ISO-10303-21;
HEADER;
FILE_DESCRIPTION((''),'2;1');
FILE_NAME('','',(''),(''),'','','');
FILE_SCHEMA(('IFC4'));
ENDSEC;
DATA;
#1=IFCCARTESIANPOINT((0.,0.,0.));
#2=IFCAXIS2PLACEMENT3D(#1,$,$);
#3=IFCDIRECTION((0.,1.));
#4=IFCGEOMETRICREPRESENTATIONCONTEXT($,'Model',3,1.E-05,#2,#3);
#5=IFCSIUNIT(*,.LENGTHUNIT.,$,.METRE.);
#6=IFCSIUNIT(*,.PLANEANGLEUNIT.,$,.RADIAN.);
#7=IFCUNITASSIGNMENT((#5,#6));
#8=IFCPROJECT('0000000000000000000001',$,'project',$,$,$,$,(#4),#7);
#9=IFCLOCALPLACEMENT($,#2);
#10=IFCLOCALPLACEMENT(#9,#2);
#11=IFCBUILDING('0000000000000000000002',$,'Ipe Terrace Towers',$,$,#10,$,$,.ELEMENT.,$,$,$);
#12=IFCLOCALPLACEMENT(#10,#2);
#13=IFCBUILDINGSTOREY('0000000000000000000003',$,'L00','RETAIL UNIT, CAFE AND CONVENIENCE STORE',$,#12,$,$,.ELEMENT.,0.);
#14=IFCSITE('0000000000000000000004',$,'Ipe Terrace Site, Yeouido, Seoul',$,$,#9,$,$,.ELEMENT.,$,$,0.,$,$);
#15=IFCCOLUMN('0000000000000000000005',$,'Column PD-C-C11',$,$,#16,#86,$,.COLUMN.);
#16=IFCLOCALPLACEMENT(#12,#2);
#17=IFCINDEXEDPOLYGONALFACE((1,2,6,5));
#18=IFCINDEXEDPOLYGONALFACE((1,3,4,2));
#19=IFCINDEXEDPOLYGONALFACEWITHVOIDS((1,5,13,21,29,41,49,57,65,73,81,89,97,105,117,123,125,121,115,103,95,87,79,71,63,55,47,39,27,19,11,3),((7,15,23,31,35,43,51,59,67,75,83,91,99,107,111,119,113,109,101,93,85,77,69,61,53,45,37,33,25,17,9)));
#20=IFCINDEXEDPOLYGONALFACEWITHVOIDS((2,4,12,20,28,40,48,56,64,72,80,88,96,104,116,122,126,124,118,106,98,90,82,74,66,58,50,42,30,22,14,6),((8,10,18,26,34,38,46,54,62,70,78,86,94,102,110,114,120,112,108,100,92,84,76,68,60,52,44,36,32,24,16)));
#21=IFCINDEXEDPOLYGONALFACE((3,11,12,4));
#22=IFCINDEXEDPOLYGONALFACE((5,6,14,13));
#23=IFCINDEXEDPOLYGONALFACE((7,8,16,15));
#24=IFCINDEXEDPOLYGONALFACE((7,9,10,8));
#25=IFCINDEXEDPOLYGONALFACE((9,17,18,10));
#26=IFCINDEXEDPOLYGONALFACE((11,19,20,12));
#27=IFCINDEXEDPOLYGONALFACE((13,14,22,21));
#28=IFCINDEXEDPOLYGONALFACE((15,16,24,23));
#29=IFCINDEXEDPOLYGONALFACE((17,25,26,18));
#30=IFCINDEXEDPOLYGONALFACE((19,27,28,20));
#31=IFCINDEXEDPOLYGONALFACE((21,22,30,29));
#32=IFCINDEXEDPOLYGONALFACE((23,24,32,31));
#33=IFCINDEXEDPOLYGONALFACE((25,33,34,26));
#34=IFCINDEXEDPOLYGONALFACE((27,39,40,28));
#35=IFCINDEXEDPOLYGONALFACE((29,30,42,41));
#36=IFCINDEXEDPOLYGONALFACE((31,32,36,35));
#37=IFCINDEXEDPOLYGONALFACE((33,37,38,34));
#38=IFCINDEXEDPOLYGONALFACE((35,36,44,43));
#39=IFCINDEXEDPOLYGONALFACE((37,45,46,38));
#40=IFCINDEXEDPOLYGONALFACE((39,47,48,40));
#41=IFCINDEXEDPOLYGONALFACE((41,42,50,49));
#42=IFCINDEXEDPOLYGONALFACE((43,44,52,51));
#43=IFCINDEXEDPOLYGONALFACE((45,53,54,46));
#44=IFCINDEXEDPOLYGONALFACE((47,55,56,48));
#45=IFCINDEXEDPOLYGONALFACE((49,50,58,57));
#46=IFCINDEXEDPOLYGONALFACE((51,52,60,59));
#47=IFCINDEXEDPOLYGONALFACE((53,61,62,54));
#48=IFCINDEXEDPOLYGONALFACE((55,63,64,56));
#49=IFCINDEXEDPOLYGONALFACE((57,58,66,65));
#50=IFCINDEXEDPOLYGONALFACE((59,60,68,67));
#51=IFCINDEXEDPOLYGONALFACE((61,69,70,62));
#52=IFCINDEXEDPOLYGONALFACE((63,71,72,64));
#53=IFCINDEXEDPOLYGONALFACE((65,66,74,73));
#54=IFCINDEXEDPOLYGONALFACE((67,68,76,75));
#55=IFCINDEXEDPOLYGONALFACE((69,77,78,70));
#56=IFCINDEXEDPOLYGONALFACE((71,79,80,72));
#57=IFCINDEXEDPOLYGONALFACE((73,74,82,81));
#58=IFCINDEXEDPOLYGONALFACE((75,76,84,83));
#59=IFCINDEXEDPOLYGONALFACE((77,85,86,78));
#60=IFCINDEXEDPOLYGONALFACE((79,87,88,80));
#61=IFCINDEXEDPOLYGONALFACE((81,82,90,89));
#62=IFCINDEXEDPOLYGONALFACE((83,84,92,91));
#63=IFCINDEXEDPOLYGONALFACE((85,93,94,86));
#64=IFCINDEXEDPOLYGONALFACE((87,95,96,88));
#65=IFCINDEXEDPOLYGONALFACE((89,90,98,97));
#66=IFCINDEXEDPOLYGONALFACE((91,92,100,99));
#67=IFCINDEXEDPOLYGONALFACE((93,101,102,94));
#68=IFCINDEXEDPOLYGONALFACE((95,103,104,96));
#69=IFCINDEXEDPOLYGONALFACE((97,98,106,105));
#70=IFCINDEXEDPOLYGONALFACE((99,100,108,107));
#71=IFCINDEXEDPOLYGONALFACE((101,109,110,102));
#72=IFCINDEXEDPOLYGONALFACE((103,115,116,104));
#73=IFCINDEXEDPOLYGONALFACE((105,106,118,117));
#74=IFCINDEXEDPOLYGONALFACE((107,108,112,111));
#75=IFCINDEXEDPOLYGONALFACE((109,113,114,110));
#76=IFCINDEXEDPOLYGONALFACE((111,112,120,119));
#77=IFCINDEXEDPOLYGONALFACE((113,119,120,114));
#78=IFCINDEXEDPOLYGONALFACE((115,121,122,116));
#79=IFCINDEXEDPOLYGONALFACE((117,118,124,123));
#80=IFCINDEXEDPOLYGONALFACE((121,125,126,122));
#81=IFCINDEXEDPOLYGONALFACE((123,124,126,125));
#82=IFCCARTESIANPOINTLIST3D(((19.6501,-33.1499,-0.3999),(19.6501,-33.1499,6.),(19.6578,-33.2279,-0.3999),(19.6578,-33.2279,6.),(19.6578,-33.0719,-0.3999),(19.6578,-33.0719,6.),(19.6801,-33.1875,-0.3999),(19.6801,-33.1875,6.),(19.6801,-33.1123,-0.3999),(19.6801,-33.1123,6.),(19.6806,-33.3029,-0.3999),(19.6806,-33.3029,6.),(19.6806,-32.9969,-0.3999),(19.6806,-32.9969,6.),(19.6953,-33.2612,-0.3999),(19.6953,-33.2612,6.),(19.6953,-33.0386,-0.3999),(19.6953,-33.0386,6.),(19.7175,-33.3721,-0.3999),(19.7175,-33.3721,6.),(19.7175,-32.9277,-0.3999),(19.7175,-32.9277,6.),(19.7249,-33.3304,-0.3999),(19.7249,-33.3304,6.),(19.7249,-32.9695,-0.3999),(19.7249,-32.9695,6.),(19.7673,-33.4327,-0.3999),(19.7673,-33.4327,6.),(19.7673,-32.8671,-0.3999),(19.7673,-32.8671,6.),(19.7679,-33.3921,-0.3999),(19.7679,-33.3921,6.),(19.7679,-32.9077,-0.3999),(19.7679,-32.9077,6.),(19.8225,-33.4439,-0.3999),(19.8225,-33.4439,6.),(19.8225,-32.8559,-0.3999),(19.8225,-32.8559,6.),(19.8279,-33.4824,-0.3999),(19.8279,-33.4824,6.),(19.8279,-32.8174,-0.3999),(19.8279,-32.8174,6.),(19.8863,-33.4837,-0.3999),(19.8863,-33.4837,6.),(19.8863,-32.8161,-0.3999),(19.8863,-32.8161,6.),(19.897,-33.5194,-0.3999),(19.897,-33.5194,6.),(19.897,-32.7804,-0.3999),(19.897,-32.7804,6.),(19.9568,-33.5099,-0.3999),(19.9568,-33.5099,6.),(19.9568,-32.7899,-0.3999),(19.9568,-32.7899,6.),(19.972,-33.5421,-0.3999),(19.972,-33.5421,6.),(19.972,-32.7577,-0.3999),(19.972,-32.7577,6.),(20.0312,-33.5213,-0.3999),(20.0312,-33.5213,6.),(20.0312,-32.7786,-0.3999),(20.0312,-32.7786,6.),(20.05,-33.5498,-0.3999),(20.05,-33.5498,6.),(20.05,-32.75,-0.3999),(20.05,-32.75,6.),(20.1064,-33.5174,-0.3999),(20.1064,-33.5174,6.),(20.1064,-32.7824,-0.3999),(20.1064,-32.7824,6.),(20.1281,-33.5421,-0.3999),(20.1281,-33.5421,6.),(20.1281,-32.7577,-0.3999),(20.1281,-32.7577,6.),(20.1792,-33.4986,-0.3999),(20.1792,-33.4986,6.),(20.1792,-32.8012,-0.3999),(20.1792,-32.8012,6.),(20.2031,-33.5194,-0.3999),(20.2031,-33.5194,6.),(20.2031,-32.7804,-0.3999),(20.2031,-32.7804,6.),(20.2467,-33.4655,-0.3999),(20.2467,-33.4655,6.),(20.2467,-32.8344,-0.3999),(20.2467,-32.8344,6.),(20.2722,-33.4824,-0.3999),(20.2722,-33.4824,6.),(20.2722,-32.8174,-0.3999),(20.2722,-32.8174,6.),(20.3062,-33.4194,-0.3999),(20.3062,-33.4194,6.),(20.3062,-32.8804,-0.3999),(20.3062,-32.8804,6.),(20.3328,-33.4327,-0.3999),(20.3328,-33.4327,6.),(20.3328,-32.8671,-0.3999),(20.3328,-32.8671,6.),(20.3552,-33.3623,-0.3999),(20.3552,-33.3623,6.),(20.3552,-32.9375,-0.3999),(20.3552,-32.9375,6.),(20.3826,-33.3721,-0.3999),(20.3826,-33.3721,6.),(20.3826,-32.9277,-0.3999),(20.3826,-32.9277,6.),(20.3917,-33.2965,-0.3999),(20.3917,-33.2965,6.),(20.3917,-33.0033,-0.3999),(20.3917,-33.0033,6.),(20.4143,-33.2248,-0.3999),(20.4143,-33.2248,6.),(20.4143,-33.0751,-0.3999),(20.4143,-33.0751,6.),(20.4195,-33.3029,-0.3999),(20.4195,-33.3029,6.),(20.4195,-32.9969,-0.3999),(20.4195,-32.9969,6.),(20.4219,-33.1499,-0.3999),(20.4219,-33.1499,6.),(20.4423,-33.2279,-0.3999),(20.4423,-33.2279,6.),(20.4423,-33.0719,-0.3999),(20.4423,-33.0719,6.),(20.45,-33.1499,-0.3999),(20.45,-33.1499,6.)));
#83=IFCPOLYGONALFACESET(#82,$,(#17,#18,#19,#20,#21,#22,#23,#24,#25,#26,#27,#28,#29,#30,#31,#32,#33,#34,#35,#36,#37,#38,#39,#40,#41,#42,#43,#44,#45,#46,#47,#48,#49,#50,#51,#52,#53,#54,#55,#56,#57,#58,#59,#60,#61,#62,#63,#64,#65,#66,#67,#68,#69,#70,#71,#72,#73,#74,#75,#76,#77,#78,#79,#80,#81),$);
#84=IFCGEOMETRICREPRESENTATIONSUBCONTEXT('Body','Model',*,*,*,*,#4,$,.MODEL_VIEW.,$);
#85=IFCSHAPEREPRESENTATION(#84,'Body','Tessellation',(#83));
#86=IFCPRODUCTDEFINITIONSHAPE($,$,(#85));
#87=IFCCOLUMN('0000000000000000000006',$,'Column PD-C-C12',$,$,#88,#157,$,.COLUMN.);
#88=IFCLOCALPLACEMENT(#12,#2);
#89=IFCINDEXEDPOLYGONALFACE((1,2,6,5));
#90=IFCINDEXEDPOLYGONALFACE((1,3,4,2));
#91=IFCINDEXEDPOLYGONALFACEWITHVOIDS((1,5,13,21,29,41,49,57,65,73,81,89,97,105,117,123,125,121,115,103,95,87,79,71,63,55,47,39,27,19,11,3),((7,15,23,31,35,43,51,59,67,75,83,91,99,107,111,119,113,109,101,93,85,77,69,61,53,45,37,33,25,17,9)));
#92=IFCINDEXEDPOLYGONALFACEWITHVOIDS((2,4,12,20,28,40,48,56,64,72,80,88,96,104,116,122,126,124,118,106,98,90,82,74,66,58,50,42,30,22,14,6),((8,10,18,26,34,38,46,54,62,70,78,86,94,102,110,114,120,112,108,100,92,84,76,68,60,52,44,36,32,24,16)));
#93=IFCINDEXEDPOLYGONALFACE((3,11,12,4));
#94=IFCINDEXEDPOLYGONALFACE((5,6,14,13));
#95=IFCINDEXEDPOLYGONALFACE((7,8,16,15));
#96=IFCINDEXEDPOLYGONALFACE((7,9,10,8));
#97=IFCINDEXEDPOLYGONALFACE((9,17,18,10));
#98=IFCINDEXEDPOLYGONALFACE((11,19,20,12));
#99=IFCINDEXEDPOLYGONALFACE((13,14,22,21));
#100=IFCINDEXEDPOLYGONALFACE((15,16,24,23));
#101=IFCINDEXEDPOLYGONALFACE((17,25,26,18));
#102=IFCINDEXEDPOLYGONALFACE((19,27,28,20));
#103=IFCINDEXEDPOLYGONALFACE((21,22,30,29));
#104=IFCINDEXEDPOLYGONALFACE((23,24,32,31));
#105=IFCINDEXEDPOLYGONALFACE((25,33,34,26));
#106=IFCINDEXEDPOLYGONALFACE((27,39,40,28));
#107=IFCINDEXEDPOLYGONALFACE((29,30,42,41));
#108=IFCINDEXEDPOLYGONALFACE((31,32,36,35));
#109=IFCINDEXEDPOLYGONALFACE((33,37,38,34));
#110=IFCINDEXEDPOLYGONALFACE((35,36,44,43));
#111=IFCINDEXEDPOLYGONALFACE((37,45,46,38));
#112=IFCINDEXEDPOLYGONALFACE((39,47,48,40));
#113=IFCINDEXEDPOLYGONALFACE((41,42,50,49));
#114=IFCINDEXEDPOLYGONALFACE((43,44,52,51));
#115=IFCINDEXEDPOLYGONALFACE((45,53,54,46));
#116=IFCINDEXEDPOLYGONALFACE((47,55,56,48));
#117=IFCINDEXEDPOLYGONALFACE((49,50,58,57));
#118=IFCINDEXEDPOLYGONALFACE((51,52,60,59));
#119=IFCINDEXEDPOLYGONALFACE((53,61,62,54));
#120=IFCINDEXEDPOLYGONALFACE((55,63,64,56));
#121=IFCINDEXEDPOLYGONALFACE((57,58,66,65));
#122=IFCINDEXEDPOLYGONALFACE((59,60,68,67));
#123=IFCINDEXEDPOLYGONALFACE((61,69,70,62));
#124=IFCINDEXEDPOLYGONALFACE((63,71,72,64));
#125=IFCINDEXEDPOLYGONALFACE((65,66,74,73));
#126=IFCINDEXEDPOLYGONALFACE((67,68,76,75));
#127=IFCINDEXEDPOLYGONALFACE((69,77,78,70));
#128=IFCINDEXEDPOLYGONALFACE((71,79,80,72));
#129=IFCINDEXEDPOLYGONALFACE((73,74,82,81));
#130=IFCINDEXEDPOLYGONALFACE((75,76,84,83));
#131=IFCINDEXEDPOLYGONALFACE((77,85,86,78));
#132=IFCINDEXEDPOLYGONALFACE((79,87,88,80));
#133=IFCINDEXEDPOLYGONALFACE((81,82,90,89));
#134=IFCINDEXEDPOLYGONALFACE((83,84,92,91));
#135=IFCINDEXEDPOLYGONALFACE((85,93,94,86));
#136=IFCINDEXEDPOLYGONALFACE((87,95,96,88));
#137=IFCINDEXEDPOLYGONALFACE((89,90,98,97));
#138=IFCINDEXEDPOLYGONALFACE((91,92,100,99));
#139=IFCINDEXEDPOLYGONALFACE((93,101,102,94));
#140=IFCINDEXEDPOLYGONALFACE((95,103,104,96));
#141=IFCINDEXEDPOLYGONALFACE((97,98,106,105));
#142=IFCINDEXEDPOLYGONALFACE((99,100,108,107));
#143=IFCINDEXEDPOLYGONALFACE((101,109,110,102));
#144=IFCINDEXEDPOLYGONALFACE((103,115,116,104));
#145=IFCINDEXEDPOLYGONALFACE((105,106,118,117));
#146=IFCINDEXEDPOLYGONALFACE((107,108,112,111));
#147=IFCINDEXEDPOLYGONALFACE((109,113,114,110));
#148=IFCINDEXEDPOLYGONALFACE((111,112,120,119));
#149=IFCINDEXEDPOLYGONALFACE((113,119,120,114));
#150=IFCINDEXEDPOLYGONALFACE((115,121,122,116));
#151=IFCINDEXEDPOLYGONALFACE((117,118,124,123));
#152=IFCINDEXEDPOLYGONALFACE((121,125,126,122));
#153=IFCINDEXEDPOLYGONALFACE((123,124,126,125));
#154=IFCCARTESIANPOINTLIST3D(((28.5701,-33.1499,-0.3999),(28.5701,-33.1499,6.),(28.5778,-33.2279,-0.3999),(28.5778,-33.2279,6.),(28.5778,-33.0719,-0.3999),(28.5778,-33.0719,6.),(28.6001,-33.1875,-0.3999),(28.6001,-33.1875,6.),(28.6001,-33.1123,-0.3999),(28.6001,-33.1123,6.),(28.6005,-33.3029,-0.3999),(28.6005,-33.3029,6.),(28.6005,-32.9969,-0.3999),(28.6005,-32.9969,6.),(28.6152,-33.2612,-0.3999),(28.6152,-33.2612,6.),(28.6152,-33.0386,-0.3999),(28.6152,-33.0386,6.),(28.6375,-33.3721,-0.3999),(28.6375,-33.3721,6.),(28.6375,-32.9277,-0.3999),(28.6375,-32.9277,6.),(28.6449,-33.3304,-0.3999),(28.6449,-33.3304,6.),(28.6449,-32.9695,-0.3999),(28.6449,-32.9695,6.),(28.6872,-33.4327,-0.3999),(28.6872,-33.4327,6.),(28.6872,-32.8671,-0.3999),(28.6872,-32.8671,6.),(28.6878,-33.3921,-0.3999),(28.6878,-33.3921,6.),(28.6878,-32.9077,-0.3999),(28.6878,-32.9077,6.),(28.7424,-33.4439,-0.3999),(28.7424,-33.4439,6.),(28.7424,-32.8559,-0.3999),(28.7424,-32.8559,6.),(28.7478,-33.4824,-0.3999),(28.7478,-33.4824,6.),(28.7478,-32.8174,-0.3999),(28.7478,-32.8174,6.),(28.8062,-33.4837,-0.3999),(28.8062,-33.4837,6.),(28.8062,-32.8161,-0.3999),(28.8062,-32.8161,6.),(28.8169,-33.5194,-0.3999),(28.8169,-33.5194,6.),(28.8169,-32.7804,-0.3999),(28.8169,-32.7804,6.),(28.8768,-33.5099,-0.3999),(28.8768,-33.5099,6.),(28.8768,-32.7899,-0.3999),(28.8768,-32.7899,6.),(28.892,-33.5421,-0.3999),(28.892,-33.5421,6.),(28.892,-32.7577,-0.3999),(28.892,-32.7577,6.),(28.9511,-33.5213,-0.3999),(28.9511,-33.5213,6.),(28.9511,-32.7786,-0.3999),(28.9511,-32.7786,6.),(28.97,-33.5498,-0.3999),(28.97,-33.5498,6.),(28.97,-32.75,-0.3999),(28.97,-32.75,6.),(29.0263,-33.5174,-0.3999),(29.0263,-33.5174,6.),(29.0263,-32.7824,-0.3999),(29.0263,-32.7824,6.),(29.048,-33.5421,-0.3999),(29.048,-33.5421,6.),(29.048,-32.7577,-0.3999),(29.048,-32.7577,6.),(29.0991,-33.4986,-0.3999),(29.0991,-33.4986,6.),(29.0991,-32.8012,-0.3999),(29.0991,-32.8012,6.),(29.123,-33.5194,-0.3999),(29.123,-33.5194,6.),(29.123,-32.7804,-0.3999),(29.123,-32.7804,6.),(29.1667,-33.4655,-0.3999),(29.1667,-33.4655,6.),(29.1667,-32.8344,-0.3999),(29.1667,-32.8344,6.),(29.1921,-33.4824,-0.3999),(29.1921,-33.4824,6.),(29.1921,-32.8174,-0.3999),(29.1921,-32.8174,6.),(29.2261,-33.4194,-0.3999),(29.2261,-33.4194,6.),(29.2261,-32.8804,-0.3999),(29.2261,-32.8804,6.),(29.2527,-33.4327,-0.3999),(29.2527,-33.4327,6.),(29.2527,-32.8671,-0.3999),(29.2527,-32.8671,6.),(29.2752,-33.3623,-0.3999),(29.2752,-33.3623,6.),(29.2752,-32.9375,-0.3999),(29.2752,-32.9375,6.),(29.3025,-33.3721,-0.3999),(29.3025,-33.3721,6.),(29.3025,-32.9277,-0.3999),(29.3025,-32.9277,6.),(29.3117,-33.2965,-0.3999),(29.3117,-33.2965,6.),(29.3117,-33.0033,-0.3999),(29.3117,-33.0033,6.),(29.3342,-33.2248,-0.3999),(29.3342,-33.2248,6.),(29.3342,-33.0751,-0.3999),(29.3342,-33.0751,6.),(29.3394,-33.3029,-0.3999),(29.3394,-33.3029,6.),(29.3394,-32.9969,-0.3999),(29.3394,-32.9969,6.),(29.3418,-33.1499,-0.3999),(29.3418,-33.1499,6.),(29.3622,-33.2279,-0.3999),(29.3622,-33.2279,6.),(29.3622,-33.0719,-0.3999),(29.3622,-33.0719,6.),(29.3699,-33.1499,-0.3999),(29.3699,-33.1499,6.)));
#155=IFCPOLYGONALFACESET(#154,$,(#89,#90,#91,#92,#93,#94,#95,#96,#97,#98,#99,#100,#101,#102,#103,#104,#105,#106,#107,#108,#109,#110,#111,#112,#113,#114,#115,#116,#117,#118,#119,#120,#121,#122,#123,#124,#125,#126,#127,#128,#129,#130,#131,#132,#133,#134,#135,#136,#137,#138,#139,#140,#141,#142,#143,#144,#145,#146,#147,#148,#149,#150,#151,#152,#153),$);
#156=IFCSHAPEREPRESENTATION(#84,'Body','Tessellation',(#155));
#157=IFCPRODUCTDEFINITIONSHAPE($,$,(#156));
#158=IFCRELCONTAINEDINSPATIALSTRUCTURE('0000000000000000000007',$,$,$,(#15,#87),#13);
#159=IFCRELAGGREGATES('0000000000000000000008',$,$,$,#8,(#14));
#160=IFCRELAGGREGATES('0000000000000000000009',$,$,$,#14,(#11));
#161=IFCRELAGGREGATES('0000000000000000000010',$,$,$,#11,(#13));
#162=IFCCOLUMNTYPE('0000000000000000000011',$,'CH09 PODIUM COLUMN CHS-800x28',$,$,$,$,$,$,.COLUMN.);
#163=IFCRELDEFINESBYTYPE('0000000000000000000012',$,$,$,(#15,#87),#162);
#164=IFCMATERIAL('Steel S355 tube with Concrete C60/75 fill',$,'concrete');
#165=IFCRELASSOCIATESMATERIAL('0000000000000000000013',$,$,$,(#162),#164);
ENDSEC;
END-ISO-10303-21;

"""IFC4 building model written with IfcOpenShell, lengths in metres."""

from ifc_helpers import new_model, si_unit, direction, frame, origin, origin_2d, place, context, subcontext, project, spatial, hollow_circle, extrude, material, material_profile, profile_set, type_object, element, save


model = new_model("IFC4")

# Units and contexts
model_context = context("Model", 3, precision=1e-05, world=origin(), true_north=direction((0.0, 1.0)))
body_context = subcontext(model_context, "Body", "Model", "MODEL_VIEW")
ifc_project = project(units=[si_unit("LENGTHUNIT", "METRE"), si_unit("PLANEANGLEUNIT", "RADIAN")], contexts=[model_context])

# Site, building, storey
site_placement = place(None, origin())
site = spatial("IfcSite", under=ifc_project, at=site_placement, Name="Ipe Terrace Site, Yeouido, Seoul", CompositionType="ELEMENT", RefElevation=0.0)
building_placement = place(site_placement, origin())
building = spatial("IfcBuilding", under=site, at=building_placement, Name="Ipe Terrace Towers", CompositionType="ELEMENT")
storey_placement = place(building_placement, origin())
storey = spatial("IfcBuildingStorey", under=building, at=storey_placement, Name="L00", Description="RETAIL UNIT, CAFE AND CONVENIENCE STORE", CompositionType="ELEMENT", Elevation=0.0)

# Columns
ifc_material_1 = material(Name="Steel S355 tube with Concrete C60/75 fill", Category="concrete")
ifc_material_profile_1 = material_profile(ifc_material_1, hollow_circle(Radius=0.3999, WallThickness=0.0281, at=origin_2d()), Name="CHS-800x28")
ifc_profile_set_1 = profile_set([ifc_material_profile_1], Name="Steel S355 tube with Concrete C60/75 fill")
column_type_1 = type_object("IfcColumnType", Name="CH09 PODIUM COLUMN CHS-800x28", PredefinedType="COLUMN", material=ifc_profile_set_1)
for number, where, z_axis, x_axis, name in (
    (1, (20.05, -33.1499, -0.3999), (0.0, 0.0, 1.0), (1.0, 0.0, 0.0), "Column PD-C-C11"),
    (2, (28.97, -33.1499, -0.3999), (0.0, 0.0, 1.0), (1.0, 0.0, 0.0), "Column PD-C-C12"),
):
    element("IfcColumn", number, at=place(storey_placement, frame(where, z_axis=z_axis, x_axis=x_axis)), inside=storey, type_object=column_type_1, Name=name, PredefinedType="COLUMN", context=body_context, shape_type="SweptSolid", body=[
        extrude(hollow_circle(Radius=0.3999, WallThickness=0.0281, at=origin_2d()), origin(), (0.0, 0.0, 1.0), 6.3999),
    ])

save(model, "model.ifc")
